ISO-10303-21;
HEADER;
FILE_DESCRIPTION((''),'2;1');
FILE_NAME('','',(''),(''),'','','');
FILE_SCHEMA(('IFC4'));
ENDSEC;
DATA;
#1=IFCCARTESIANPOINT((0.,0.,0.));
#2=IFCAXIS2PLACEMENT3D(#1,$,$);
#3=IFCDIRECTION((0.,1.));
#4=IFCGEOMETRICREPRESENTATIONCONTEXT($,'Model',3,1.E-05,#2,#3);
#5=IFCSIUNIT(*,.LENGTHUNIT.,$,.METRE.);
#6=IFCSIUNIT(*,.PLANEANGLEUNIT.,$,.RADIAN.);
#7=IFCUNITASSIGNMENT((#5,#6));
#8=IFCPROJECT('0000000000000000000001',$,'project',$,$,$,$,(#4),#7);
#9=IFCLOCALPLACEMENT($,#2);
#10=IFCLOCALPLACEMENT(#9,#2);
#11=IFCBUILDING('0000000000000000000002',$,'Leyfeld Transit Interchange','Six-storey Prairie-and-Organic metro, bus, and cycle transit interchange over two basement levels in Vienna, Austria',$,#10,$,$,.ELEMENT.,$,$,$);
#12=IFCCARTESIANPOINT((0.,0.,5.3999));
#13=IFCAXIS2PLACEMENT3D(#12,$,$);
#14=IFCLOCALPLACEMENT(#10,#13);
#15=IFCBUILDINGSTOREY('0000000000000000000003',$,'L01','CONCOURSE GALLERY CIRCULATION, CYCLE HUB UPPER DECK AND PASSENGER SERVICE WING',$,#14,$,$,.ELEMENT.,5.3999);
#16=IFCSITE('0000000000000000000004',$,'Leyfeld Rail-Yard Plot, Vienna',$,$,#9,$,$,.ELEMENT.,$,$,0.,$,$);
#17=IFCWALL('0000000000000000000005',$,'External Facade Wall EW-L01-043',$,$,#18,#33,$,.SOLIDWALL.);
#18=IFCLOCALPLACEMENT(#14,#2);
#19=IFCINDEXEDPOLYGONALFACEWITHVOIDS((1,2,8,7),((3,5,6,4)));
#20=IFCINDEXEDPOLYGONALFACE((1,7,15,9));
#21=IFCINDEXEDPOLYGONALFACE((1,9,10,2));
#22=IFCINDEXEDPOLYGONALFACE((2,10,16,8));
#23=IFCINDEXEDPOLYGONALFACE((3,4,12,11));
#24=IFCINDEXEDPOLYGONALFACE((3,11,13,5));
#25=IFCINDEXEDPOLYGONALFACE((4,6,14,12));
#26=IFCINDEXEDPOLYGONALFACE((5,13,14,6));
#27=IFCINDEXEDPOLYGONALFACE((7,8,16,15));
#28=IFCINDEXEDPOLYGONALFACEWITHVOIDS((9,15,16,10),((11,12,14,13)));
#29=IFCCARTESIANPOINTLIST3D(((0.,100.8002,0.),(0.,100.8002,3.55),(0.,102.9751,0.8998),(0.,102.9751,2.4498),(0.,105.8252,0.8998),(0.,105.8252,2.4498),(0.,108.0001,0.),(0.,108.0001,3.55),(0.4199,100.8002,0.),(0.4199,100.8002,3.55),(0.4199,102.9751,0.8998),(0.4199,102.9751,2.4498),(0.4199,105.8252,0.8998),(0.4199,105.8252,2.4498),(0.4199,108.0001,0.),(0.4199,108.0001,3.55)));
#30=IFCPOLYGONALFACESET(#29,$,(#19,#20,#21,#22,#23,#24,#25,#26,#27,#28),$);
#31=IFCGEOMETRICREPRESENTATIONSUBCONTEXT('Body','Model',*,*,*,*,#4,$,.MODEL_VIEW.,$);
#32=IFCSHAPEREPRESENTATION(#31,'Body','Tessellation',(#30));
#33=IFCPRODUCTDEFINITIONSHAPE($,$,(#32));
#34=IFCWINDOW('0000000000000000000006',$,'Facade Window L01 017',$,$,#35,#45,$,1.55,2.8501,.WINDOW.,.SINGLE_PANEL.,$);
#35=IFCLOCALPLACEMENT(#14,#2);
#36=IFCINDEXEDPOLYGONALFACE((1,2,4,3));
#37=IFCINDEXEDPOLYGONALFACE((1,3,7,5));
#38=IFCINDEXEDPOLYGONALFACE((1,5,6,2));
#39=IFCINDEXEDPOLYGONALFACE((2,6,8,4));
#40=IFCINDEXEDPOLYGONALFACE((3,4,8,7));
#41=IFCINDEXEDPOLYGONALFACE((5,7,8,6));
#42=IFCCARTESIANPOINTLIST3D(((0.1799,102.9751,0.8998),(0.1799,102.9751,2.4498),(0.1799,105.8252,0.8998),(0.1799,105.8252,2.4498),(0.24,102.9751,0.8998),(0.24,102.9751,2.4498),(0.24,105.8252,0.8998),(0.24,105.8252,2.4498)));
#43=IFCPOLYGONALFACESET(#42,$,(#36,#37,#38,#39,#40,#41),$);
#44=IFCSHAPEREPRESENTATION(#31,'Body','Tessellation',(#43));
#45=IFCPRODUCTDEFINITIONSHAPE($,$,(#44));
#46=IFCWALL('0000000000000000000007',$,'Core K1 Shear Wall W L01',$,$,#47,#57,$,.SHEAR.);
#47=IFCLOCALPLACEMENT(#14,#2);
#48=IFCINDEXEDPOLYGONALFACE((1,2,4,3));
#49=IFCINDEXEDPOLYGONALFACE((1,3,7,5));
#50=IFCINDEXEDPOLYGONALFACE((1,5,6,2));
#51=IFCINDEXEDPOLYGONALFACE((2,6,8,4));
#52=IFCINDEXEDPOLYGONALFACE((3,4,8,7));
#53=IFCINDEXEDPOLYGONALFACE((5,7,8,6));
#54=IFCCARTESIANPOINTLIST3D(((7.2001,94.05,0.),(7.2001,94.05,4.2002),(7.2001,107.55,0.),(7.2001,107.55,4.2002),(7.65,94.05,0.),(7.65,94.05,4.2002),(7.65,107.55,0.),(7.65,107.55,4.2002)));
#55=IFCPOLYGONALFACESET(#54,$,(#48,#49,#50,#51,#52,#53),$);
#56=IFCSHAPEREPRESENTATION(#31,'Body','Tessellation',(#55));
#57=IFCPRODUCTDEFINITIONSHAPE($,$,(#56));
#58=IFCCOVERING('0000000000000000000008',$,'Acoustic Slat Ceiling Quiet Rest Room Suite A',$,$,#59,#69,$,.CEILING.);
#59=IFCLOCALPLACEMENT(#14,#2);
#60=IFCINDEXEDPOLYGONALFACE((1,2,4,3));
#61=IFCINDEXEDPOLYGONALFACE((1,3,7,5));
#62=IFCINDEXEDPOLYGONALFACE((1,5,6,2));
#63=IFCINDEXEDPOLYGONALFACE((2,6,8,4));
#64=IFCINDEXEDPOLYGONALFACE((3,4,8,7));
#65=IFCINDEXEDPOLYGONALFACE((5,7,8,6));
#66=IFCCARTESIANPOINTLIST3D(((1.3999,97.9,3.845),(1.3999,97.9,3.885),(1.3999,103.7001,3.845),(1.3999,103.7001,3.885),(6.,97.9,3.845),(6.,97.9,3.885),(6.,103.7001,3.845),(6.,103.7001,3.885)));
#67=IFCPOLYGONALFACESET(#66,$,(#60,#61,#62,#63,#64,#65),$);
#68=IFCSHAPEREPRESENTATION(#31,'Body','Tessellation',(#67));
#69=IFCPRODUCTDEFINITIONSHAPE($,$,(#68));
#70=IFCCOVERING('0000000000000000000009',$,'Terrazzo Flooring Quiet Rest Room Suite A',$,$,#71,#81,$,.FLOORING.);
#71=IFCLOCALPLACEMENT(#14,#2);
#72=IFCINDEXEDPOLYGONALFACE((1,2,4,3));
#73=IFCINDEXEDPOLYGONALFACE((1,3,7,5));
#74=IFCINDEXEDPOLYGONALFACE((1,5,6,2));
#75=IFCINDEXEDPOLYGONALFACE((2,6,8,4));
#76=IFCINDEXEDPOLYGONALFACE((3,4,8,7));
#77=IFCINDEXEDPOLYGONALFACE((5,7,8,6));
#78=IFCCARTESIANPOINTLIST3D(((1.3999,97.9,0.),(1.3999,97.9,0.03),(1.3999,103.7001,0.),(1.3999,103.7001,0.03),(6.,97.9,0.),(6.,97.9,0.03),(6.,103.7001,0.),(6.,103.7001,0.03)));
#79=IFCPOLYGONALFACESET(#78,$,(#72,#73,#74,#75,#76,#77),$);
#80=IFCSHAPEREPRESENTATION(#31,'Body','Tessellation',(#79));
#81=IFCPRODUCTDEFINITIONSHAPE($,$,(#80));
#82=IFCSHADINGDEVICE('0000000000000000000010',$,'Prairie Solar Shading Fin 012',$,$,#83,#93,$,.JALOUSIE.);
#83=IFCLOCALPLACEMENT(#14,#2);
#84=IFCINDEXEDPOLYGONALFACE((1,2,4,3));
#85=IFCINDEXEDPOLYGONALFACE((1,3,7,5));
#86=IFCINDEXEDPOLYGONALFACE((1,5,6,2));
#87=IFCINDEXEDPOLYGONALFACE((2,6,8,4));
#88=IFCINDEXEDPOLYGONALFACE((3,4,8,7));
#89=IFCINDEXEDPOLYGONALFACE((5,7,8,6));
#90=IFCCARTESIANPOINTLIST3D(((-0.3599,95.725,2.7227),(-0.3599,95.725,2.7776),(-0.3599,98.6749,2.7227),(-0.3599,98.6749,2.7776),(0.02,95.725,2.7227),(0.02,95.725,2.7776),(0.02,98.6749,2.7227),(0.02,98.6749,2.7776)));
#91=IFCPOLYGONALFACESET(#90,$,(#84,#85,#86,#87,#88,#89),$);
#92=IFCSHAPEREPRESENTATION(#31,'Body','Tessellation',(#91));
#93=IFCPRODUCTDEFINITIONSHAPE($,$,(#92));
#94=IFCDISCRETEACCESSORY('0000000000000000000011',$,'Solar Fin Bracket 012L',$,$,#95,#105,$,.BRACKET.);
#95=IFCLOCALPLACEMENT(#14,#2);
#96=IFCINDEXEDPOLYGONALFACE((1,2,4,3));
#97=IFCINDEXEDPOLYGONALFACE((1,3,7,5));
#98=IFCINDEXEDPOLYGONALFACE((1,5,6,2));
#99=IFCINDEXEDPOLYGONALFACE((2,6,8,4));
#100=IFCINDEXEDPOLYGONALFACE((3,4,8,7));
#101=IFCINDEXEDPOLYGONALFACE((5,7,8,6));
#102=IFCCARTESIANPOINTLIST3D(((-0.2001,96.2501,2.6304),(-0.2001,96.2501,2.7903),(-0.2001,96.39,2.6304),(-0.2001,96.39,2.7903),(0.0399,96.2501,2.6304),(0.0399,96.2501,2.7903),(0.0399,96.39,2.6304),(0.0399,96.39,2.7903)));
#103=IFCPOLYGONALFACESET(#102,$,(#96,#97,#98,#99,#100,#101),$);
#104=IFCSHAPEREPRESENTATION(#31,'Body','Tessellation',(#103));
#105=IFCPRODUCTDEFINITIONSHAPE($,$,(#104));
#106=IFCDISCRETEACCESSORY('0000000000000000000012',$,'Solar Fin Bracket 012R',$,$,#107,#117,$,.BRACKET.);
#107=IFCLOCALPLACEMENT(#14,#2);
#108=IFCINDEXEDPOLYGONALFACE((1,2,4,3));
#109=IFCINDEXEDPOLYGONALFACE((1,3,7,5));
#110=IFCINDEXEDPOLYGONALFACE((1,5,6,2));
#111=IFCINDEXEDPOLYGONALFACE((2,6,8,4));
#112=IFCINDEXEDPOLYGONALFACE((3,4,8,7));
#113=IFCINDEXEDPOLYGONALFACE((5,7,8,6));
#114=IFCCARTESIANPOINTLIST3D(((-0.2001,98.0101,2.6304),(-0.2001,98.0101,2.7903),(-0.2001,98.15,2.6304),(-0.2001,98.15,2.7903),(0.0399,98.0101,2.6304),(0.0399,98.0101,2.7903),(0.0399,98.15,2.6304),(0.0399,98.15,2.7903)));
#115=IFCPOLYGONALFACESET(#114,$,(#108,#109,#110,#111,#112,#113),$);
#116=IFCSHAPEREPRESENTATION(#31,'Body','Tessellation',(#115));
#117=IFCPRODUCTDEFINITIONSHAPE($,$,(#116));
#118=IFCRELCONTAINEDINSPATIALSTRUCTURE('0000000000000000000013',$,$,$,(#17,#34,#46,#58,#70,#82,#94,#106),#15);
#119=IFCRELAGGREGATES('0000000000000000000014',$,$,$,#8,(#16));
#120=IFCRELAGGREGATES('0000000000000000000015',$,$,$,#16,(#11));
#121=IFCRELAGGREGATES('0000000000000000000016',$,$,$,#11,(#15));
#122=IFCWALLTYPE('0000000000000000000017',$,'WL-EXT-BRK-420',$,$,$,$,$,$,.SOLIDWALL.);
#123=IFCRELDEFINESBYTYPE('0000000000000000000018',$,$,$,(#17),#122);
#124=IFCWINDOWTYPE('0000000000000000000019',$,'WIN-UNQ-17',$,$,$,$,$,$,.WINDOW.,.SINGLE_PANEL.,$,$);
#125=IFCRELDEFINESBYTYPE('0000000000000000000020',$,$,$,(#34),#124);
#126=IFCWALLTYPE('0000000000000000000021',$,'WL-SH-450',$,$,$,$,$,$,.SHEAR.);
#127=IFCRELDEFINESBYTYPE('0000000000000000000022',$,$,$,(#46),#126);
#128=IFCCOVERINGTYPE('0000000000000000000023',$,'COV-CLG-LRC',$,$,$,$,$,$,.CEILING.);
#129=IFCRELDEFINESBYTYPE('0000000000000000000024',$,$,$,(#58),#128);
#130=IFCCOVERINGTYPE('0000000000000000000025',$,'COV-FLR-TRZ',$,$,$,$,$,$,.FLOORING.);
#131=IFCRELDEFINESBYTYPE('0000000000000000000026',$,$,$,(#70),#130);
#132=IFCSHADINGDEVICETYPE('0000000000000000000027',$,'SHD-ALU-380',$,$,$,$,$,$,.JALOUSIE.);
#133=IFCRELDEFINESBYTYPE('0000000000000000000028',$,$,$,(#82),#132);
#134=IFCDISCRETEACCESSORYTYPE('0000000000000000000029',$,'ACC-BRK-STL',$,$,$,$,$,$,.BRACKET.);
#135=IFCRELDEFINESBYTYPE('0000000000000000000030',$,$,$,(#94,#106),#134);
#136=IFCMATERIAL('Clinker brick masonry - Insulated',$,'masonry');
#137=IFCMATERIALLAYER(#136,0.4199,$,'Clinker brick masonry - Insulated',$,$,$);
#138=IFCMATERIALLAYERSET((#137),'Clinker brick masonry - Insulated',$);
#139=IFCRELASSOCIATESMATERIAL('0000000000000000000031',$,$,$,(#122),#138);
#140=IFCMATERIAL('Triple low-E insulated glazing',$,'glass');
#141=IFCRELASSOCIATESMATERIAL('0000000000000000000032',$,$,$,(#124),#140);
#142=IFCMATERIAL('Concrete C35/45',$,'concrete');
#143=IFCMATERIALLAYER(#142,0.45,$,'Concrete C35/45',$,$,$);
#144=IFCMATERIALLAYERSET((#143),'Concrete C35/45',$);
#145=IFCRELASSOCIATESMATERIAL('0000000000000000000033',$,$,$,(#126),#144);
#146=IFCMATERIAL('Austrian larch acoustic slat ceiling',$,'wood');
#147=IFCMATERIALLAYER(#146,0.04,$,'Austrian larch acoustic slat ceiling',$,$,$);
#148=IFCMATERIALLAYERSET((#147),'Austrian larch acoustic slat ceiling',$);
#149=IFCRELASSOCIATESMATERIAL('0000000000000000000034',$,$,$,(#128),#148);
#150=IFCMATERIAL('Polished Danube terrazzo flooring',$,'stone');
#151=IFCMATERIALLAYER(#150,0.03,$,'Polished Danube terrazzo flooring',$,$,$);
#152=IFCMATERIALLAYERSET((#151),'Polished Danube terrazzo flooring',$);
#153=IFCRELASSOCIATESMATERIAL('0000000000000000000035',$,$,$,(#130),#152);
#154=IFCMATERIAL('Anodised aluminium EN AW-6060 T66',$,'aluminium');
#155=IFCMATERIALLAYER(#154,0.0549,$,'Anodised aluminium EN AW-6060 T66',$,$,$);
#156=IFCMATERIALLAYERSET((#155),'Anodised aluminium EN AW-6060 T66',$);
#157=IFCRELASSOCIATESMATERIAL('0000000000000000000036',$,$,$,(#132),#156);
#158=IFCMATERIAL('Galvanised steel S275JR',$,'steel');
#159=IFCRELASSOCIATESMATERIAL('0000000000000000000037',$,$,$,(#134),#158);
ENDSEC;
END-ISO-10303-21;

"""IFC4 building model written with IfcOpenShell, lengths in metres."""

from ifc_helpers import new_model, si_unit, direction, frame, frame_2d, origin, origin_2d, place, context, subcontext, project, spatial, rectangle, extrude, material, layer, layer_set, type_object, element, fill, save


model = new_model("IFC4")

# Units and contexts
model_context = context("Model", 3, precision=1e-05, world=origin(), true_north=direction((0.0, 1.0)))
body_context = subcontext(model_context, "Body", "Model", "MODEL_VIEW")
ifc_project = project(units=[si_unit("LENGTHUNIT", "METRE"), si_unit("PLANEANGLEUNIT", "RADIAN")], contexts=[model_context])

# Site, building, storey
site_placement = place(None, origin())
site = spatial("IfcSite", under=ifc_project, at=site_placement, Name="Leyfeld Rail-Yard Plot, Vienna", CompositionType="ELEMENT", RefElevation=0.0)
building_placement = place(site_placement, origin())
building = spatial("IfcBuilding", under=site, at=building_placement, Name="Leyfeld Transit Interchange", Description="Six-storey Prairie-and-Organic metro, bus, and cycle transit interchange over two basement levels in Vienna, Austria", CompositionType="ELEMENT")
storey_placement = place(building_placement, frame((0.0, 0.0, 5.3999)))
storey = spatial("IfcBuildingStorey", under=building, at=storey_placement, Name="L01", Description="CONCOURSE GALLERY CIRCULATION, CYCLE HUB UPPER DECK AND PASSENGER SERVICE WING", CompositionType="ELEMENT", Elevation=5.3999)

# Shared definitions
ifc_material_1 = material(Name="Concrete C35/45", Category="concrete")

# Shared definitions
ifc_material_2 = material(Name="Anodised aluminium EN AW-6060 T66", Category="aluminium")
ifc_material_3 = material(Name="Triple low-E insulated glazing", Category="glass")

# Wall, opening, window
ifc_material_4 = material(Name="Clinker brick masonry - Insulated", Category="masonry")
ifc_layer_1 = layer(ifc_material_4, 0.4199, Name="Clinker brick masonry - Insulated")
ifc_layer_set_1 = layer_set([ifc_layer_1], Name="Clinker brick masonry - Insulated")
wall_type_1 = type_object("IfcWallType", Name="WL-EXT-BRK-420", PredefinedType="SOLIDWALL", material=ifc_layer_set_1)
wall_1_placement = place(storey_placement, frame((0.21, 100.8, 0.0), z_axis=(0.0, 0.0, 1.0), x_axis=(0.0, 1.0, 0.0)))
wall_1 = element("IfcWall", 1, at=wall_1_placement, inside=storey, type_object=wall_type_1, Name="External Facade Wall EW-L01-043", PredefinedType="SOLIDWALL", context=body_context, shape_type="SweptSolid", body=[
    extrude(rectangle(XDim=7.2, YDim=0.4199, at=frame_2d((3.6001, 0.0))), origin(), (0.0, 0.0, 1.0), 3.55),
])
opening_1_placement = place(wall_1_placement, frame((2.175, 0.0, 0.8999)))
opening_1 = element("IfcOpeningElement", 2, at=opening_1_placement, cuts=wall_1, PredefinedType="OPENING", context=body_context, shape_type="SweptSolid", body=[
    extrude(rectangle(XDim=2.8501, YDim=1.55, at=frame_2d((1.425, 0.7749))), frame((0.0, 0.22, 0.0), z_axis=(0.0, -1.0, 0.0), x_axis=(1.0, 0.0, 0.0)), (0.0, 0.0, 1.0), 0.4399),
])
window_type_1 = type_object("IfcWindowType", Name="WIN-UNQ-17", PartitioningType="SINGLE_PANEL", PredefinedType="WINDOW", material=ifc_material_3)
window_1_placement = place(opening_1_placement, origin())
window_1 = element("IfcWindow", 3, at=window_1_placement, inside=storey, type_object=window_type_1, Name="Facade Window L01 017", OverallHeight=1.55, OverallWidth=2.8501, PartitioningType="SINGLE_PANEL", PredefinedType="WINDOW", context=body_context, shape_type="SweptSolid", body=[
    extrude(rectangle(XDim=2.8501, YDim=1.55, at=frame_2d((1.425, 0.7749))), frame((0.0, 0.03, 0.0), z_axis=(0.0, -1.0, 0.0), x_axis=(1.0, 0.0, 0.0)), (0.0, 0.0, 1.0), 0.0601),
])
fill(opening_1, window_1)

# Wall
ifc_layer_2 = layer(ifc_material_1, 0.45, Name="Concrete C35/45")
ifc_layer_set_2 = layer_set([ifc_layer_2], Name="Concrete C35/45")
wall_type_2 = type_object("IfcWallType", Name="WL-SH-450", PredefinedType="SHEAR", material=ifc_layer_set_2)
wall_2_placement = place(storey_placement, frame((7.425, 94.05, 0.0), z_axis=(0.0, 0.0, 1.0), x_axis=(0.0, 1.0, 0.0)))
element("IfcWall", 4, at=wall_2_placement, inside=storey, type_object=wall_type_2, Name="Core K1 Shear Wall W L01", PredefinedType="SHEAR", context=body_context, shape_type="SweptSolid", body=[
    extrude(rectangle(XDim=13.5, YDim=0.45, at=frame_2d((6.75, 0.0))), origin(), (0.0, 0.0, 1.0), 4.2002),
])

# Coverings
ifc_material_5 = material(Name="Austrian larch acoustic slat ceiling", Category="wood")
ifc_layer_3 = layer(ifc_material_5, 0.04, Name="Austrian larch acoustic slat ceiling")
ifc_layer_set_3 = layer_set([ifc_layer_3], Name="Austrian larch acoustic slat ceiling")
covering_type_1 = type_object("IfcCoveringType", Name="COV-CLG-LRC", PredefinedType="CEILING", material=ifc_layer_set_3)
covering_1_placement = place(storey_placement, frame((3.7, 100.8, 3.845), z_axis=(0.0, 0.0, 1.0), x_axis=(1.0, 0.0, 0.0)))
element("IfcCovering", 5, at=covering_1_placement, inside=storey, type_object=covering_type_1, Name="Acoustic Slat Ceiling Quiet Rest Room Suite A", PredefinedType="CEILING", context=body_context, shape_type="SweptSolid", body=[
    extrude(rectangle(XDim=4.6001, YDim=5.8, at=origin_2d()), origin(), (0.0, 0.0, 1.0), 0.04),
])
ifc_material_6 = material(Name="Polished Danube terrazzo flooring", Category="stone")
ifc_layer_4 = layer(ifc_material_6, 0.03, Name="Polished Danube terrazzo flooring")
ifc_layer_set_4 = layer_set([ifc_layer_4], Name="Polished Danube terrazzo flooring")
covering_type_2 = type_object("IfcCoveringType", Name="COV-FLR-TRZ", PredefinedType="FLOORING", material=ifc_layer_set_4)
covering_2_placement = place(storey_placement, frame((3.7, 100.8, 0.0), z_axis=(0.0, 0.0, 1.0), x_axis=(1.0, 0.0, 0.0)))
element("IfcCovering", 6, at=covering_2_placement, inside=storey, type_object=covering_type_2, Name="Terrazzo Flooring Quiet Rest Room Suite A", PredefinedType="FLOORING", context=body_context, shape_type="SweptSolid", body=[
    extrude(rectangle(XDim=4.6001, YDim=5.8, at=origin_2d()), origin(), (0.0, 0.0, 1.0), 0.03),
])

# Shading device
ifc_layer_5 = layer(ifc_material_2, 0.0549, Name="Anodised aluminium EN AW-6060 T66")
ifc_layer_set_5 = layer_set([ifc_layer_5], Name="Anodised aluminium EN AW-6060 T66")
shading_device_type = type_object("IfcShadingDeviceType", Name="SHD-ALU-380", PredefinedType="JALOUSIE", material=ifc_layer_set_5)
shading_device_placement = place(storey_placement, frame((-0.1699, 97.2, 2.7227), z_axis=(0.0, 0.0, 1.0), x_axis=(0.0, 1.0, 0.0)))
element("IfcShadingDevice", 7, at=shading_device_placement, inside=storey, type_object=shading_device_type, Name="Prairie Solar Shading Fin 012", PredefinedType="JALOUSIE", context=body_context, shape_type="SweptSolid", body=[
    extrude(rectangle(XDim=2.95, YDim=0.3799, at=origin_2d()), origin(), (0.0, 0.0, 1.0), 0.0549),
])

# Discrete accessories
ifc_material_7 = material(Name="Galvanised steel S275JR", Category="steel")
discrete_accessory_type = type_object("IfcDiscreteAccessoryType", Name="ACC-BRK-STL", PredefinedType="BRACKET", material=ifc_material_7)
for number, where, z_axis, x_axis, name in (
    (8, (-0.0801, 96.3201, 2.6304), (0.0, 0.0, 1.0), (0.0, 1.0, 0.0), "Solar Fin Bracket 012L"),
    (9, (-0.0801, 98.0801, 2.6304), (0.0, 0.0, 1.0), (0.0, 1.0, 0.0), "Solar Fin Bracket 012R"),
):
    element("IfcDiscreteAccessory", number, at=place(storey_placement, frame(where, z_axis=z_axis, x_axis=x_axis)), inside=storey, type_object=discrete_accessory_type, Name=name, PredefinedType="BRACKET", context=body_context, shape_type="SweptSolid", body=[
        extrude(rectangle(XDim=0.1399, YDim=0.24, at=origin_2d()), origin(), (0.0, 0.0, 1.0), 0.1599),
    ])

save(model, "model.ifc")
